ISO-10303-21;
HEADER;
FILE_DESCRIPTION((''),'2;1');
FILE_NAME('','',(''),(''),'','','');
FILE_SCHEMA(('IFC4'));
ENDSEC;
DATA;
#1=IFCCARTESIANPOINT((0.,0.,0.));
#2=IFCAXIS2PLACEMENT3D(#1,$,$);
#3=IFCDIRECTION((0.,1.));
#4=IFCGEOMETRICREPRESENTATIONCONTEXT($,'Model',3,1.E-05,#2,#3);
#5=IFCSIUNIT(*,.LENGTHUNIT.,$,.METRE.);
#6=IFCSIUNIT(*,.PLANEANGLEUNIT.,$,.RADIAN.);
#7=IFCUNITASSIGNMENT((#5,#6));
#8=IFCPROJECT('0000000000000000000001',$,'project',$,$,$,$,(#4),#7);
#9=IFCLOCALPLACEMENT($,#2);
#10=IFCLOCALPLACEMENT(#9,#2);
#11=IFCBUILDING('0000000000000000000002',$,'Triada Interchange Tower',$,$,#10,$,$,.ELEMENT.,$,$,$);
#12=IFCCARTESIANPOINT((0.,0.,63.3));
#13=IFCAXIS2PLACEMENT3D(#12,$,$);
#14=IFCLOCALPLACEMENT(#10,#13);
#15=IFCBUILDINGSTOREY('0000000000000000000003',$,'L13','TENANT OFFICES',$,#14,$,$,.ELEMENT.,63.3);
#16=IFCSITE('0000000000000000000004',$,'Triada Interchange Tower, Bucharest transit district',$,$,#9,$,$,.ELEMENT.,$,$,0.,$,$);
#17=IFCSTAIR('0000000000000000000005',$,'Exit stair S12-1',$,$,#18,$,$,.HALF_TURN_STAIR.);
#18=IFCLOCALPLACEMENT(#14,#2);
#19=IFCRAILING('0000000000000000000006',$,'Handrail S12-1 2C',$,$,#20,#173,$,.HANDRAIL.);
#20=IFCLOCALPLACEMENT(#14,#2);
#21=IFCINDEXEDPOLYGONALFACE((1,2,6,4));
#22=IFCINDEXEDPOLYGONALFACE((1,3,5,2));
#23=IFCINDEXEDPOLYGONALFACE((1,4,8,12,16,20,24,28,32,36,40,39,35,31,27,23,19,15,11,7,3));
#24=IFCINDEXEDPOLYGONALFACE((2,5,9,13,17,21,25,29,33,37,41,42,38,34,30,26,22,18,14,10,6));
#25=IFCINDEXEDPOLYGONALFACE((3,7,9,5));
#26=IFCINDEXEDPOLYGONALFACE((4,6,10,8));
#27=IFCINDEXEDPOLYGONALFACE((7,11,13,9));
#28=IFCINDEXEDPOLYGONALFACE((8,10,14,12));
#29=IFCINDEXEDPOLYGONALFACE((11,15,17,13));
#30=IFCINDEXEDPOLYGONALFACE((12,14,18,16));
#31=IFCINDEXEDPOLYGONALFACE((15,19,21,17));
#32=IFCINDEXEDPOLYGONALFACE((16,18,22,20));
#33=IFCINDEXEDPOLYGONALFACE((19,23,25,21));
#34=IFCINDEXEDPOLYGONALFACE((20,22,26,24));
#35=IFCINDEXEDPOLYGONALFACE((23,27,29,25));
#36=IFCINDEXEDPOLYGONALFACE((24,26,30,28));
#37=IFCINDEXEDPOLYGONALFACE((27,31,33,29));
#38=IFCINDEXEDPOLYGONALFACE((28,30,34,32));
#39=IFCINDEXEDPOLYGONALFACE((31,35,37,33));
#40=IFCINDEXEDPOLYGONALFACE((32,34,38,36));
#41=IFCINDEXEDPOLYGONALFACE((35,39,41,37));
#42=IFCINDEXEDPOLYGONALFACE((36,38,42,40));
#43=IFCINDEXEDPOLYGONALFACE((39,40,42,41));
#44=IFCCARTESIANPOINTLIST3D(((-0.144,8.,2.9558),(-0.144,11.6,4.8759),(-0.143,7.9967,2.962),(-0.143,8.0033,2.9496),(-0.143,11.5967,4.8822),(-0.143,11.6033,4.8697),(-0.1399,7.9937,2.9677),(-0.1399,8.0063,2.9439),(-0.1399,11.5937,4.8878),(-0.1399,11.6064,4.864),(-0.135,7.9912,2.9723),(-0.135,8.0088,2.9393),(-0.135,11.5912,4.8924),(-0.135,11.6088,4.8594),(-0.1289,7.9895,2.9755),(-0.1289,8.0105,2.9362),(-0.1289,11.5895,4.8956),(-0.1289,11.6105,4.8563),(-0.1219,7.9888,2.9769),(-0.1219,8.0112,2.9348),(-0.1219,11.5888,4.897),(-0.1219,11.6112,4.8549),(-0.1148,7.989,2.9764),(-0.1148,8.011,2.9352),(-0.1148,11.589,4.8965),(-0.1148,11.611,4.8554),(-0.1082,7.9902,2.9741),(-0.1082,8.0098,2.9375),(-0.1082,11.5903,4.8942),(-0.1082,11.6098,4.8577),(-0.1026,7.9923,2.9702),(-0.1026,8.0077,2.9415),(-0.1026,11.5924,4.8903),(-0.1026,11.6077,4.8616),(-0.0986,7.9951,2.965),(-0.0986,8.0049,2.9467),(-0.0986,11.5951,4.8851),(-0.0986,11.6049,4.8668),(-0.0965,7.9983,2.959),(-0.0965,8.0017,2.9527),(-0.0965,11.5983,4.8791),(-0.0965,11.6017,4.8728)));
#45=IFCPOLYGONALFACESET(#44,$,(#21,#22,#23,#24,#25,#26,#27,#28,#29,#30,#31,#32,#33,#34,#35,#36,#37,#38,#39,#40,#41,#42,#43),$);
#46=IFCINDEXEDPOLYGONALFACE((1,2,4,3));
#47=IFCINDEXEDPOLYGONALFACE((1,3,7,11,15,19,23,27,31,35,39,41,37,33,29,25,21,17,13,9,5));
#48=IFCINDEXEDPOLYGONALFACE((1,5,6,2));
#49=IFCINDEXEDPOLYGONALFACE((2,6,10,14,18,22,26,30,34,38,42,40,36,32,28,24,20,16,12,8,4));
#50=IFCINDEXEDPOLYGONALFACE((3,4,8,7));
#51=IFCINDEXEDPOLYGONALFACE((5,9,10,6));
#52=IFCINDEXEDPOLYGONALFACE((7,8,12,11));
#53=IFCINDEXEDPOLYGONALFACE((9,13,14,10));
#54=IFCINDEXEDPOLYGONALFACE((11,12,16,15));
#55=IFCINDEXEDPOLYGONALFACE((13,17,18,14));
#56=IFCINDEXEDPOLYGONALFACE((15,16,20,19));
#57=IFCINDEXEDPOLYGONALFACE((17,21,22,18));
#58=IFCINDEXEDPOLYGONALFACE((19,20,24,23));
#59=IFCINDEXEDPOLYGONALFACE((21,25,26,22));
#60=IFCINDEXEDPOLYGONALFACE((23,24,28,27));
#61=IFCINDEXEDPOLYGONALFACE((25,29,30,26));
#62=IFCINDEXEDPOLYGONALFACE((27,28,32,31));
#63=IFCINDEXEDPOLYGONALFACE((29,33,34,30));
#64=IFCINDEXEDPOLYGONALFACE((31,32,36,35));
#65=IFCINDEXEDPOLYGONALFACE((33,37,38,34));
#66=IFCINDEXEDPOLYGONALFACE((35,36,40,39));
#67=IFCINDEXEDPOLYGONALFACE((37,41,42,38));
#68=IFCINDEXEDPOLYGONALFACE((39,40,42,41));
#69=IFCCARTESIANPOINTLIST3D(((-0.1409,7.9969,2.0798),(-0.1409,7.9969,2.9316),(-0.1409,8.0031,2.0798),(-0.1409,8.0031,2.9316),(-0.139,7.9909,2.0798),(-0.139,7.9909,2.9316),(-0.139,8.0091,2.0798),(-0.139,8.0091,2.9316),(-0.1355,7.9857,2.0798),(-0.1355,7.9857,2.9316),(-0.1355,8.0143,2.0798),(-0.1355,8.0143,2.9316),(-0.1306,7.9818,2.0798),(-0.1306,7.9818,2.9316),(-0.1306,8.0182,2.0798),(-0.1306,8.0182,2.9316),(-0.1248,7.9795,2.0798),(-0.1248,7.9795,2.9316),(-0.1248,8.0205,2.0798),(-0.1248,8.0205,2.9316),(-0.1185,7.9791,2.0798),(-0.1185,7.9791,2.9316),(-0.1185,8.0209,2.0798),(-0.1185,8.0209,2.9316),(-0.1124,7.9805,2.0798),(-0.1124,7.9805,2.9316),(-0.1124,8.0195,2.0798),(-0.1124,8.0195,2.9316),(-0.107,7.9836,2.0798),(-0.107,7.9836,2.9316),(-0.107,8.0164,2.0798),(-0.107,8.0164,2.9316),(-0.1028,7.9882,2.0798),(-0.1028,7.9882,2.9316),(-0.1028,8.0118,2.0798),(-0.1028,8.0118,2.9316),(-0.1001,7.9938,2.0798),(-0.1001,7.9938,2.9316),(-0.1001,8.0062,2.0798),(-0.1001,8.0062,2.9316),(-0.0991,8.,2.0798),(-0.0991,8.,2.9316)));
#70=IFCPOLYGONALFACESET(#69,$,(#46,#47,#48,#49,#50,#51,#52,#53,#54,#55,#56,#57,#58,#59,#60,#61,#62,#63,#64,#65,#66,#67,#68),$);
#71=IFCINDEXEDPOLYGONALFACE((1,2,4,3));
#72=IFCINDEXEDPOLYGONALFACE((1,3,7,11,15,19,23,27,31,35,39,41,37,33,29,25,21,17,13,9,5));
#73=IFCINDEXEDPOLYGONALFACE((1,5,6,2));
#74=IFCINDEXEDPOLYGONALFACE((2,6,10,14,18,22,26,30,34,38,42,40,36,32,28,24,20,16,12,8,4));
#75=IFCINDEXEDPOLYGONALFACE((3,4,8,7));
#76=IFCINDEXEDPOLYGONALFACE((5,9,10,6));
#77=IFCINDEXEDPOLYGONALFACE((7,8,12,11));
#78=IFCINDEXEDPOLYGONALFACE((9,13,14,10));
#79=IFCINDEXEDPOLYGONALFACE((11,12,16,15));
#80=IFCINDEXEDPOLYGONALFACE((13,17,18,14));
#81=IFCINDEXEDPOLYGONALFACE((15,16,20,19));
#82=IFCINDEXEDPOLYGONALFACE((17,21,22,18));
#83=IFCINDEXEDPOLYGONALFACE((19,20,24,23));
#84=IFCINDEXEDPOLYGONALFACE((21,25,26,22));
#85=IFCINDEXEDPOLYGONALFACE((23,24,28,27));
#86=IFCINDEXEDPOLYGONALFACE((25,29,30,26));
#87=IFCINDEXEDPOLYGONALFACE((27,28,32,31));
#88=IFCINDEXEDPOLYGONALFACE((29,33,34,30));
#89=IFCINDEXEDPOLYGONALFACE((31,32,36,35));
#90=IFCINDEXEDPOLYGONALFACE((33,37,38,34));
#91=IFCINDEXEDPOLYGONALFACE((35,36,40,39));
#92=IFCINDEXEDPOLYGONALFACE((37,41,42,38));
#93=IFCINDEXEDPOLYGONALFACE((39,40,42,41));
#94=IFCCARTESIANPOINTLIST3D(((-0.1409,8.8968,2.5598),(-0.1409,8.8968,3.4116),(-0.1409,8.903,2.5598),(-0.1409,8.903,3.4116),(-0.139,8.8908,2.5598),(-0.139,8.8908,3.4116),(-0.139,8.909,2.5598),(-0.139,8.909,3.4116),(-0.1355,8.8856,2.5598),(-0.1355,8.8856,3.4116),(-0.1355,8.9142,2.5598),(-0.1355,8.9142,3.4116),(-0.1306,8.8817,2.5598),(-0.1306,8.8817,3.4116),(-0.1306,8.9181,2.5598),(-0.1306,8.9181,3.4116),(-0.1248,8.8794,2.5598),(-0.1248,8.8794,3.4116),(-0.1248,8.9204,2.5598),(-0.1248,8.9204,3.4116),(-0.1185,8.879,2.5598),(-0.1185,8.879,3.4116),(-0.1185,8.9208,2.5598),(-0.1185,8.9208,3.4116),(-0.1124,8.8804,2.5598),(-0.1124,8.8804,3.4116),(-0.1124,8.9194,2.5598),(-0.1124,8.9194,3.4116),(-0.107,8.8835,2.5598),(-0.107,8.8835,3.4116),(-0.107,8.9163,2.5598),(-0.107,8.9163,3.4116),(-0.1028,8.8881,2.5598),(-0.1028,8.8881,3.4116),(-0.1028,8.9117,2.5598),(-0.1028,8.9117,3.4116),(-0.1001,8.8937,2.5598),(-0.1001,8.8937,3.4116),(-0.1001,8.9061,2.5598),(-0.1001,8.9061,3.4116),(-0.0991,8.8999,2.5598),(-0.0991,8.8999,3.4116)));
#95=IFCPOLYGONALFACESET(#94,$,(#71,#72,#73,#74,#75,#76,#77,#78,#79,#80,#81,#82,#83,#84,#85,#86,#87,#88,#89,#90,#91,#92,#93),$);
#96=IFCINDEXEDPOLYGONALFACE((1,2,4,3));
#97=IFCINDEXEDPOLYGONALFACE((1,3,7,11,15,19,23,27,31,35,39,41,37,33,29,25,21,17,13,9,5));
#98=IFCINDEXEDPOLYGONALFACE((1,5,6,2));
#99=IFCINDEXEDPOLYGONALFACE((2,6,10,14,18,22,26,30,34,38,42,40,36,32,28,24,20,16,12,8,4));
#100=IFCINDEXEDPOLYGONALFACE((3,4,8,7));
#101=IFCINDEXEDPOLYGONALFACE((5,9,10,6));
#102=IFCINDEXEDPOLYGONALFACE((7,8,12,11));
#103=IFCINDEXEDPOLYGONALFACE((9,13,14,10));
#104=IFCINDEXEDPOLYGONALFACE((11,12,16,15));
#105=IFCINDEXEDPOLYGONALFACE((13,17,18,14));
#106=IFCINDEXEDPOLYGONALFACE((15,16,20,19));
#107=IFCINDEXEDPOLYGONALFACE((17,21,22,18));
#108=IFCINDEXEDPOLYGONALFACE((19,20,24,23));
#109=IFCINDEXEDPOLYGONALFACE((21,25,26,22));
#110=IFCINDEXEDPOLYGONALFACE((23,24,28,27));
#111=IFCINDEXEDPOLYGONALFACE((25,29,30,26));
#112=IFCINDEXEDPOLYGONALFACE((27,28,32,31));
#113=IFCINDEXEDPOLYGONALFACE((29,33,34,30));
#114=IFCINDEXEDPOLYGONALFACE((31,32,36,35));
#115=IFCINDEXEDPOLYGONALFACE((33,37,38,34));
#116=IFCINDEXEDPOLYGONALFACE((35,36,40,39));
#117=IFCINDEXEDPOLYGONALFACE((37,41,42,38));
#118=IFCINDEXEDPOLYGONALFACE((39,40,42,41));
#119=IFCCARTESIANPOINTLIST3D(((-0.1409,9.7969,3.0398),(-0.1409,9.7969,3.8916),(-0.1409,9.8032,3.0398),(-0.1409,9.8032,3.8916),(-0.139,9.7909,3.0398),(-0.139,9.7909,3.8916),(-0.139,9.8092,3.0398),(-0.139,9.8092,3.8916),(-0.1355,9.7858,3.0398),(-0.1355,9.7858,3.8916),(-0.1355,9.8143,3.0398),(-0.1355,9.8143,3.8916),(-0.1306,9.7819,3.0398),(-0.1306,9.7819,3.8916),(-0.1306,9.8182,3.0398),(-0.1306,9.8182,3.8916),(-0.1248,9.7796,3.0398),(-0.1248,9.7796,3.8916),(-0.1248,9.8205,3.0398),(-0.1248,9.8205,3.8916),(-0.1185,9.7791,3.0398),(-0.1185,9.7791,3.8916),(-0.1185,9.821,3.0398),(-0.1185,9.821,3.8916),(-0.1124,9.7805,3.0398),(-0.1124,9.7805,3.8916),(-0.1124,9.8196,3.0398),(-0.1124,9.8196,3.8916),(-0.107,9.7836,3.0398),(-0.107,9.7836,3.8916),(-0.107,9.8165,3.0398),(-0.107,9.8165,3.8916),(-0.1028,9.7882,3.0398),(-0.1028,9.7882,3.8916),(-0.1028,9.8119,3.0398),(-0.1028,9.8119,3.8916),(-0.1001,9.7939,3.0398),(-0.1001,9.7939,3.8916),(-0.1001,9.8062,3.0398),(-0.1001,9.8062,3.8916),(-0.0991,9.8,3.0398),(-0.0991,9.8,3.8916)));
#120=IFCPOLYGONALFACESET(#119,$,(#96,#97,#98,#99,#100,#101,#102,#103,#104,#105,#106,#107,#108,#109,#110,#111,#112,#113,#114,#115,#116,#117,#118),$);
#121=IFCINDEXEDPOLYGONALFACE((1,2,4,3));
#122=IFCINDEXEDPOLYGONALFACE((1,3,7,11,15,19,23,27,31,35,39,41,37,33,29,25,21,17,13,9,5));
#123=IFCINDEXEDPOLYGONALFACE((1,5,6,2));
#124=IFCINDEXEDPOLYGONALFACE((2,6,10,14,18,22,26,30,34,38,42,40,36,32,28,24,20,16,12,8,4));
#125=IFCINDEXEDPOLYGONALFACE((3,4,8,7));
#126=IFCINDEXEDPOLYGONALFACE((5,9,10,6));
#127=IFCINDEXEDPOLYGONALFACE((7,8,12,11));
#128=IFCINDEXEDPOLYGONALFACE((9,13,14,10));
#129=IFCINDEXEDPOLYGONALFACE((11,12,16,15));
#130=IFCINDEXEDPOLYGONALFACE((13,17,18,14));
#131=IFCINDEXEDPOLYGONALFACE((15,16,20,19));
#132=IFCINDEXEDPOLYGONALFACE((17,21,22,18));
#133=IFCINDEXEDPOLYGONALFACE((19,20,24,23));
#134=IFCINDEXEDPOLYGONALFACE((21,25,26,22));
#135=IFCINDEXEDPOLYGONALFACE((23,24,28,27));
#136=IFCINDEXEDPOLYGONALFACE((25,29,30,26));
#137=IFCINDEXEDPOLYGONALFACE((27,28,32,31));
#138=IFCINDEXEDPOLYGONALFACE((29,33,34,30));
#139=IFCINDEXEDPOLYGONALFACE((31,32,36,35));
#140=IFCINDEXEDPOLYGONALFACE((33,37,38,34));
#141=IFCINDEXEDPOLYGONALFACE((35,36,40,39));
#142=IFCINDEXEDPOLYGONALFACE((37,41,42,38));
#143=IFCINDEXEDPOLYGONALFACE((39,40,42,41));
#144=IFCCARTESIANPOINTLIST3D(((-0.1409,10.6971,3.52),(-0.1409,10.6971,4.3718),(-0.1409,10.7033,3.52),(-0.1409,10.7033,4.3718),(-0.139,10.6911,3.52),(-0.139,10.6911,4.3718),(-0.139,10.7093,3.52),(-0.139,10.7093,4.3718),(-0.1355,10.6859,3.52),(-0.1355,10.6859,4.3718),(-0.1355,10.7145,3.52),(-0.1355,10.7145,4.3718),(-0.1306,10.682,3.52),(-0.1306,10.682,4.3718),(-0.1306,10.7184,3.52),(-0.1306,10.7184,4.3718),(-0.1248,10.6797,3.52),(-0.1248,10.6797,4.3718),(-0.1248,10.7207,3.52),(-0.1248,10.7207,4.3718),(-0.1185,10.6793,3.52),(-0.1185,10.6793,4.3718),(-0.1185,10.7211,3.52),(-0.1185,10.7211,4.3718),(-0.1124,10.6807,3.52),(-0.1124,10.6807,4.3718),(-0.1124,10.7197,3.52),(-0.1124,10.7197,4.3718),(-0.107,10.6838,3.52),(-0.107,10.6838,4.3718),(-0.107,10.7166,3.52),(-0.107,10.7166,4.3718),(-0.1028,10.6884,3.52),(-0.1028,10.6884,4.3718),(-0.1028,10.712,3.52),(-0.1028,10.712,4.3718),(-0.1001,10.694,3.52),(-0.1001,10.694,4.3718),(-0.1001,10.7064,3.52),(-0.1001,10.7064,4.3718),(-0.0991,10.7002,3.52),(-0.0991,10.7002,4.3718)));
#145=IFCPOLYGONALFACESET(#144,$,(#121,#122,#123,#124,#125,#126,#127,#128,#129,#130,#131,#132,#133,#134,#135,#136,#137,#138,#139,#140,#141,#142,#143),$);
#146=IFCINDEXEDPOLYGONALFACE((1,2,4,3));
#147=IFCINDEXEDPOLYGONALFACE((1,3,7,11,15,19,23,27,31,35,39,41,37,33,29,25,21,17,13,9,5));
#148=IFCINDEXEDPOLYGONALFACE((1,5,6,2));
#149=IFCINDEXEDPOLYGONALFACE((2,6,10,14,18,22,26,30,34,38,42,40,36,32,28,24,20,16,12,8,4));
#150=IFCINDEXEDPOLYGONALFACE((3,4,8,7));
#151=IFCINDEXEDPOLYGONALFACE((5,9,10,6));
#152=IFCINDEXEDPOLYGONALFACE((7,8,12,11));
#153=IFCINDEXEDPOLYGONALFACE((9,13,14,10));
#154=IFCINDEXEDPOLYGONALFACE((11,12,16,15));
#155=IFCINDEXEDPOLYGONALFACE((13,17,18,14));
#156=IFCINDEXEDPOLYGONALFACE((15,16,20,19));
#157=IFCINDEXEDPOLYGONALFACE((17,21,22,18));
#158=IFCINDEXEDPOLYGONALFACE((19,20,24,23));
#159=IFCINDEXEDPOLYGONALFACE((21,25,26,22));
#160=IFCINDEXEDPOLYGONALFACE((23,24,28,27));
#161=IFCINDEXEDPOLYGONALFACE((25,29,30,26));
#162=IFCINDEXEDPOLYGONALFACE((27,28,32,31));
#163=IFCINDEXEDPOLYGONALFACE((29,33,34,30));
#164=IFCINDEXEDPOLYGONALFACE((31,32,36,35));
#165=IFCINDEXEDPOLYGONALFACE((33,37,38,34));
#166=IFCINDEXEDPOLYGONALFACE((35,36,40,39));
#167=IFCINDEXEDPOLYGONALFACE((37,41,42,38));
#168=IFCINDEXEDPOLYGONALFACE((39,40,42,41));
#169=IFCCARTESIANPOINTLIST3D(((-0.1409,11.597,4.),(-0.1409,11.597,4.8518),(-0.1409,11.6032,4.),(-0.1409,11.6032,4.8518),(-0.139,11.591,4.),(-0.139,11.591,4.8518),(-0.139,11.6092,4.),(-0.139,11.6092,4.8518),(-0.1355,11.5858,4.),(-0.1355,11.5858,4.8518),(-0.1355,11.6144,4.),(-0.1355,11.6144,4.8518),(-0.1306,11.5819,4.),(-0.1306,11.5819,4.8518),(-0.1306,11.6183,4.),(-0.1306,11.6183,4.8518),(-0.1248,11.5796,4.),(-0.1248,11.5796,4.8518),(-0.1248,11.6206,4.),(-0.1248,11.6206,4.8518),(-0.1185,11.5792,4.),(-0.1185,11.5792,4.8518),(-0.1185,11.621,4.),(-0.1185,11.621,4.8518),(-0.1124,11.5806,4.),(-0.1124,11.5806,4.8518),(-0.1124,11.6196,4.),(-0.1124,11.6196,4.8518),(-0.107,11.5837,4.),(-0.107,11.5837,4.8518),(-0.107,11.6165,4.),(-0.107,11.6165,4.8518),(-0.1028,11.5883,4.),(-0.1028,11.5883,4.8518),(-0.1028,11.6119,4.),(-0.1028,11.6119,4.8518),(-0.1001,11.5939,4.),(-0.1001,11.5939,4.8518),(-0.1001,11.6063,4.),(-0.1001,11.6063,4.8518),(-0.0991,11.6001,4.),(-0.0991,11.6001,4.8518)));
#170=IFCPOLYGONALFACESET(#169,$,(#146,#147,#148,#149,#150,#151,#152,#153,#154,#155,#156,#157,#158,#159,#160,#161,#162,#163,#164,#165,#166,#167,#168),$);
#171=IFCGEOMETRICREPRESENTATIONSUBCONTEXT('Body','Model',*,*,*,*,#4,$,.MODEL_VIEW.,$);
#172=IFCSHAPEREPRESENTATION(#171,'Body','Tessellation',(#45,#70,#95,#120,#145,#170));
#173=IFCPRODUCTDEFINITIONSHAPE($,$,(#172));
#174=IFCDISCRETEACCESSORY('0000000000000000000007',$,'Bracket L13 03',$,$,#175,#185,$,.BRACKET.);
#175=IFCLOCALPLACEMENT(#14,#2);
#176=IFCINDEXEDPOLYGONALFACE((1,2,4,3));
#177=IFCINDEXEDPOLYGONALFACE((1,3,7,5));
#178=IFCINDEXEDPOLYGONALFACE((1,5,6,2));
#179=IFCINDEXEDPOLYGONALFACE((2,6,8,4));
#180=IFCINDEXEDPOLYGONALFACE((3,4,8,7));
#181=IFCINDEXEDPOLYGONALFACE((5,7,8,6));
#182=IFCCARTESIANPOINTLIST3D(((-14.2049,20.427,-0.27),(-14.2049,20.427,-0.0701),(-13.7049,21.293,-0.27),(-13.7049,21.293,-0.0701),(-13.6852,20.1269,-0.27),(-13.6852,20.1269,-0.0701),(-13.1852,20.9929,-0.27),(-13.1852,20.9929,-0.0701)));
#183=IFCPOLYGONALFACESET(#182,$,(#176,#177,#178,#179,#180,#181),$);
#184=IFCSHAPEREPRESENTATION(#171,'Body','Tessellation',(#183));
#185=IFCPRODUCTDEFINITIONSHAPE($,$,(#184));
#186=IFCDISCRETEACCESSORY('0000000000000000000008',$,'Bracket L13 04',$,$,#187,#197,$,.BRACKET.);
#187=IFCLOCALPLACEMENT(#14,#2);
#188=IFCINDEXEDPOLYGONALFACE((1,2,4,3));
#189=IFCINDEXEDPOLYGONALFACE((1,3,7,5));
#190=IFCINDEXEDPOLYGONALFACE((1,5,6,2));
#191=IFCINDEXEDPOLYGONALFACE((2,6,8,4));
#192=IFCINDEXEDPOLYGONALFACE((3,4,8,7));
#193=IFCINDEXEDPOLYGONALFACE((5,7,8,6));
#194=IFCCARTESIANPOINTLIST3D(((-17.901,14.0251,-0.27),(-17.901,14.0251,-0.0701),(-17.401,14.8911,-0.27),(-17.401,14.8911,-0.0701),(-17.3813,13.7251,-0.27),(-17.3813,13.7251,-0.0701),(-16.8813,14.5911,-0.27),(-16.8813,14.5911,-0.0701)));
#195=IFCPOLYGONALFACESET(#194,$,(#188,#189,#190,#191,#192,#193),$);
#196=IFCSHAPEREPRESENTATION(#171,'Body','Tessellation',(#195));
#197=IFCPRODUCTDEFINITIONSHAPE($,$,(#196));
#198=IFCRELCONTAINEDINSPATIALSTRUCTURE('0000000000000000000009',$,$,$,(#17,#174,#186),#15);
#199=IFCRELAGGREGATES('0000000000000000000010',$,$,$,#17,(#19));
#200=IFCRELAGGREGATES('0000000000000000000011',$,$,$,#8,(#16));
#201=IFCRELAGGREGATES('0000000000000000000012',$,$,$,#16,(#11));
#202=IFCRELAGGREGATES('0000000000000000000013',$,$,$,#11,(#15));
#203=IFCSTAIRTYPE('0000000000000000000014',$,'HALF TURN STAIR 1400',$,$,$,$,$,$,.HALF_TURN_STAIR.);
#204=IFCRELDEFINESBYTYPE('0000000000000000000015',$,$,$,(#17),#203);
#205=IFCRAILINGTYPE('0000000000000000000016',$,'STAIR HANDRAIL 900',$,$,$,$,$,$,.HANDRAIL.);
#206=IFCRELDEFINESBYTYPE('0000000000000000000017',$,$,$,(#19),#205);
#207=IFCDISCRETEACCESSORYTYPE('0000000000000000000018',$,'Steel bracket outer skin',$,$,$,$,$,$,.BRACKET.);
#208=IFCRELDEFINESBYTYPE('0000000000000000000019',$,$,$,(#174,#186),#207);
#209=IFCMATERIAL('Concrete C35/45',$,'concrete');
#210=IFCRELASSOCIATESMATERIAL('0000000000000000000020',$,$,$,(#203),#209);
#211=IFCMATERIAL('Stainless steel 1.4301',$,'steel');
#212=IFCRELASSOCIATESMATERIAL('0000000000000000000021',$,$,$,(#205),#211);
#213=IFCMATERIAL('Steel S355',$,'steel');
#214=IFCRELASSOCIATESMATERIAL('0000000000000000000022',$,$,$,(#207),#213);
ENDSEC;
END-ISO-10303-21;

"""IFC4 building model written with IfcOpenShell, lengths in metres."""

from ifc_helpers import new_model, si_unit, direction, frame, origin, origin_2d, place, context, subcontext, project, spatial, rectangle, circle, extrude, material, type_object, element, aggregate, save


model = new_model("IFC4")

# Units and contexts
model_context = context("Model", 3, precision=1e-05, world=origin(), true_north=direction((0.0, 1.0)))
body_context = subcontext(model_context, "Body", "Model", "MODEL_VIEW")
ifc_project = project(units=[si_unit("LENGTHUNIT", "METRE"), si_unit("PLANEANGLEUNIT", "RADIAN")], contexts=[model_context])

# Site, building, storey
site_placement = place(None, origin())
site = spatial("IfcSite", under=ifc_project, at=site_placement, Name="Triada Interchange Tower, Bucharest transit district", CompositionType="ELEMENT", RefElevation=0.0)
building_placement = place(site_placement, origin())
building = spatial("IfcBuilding", under=site, at=building_placement, Name="Triada Interchange Tower", CompositionType="ELEMENT")
storey_placement = place(building_placement, frame((0.0, 0.0, 63.3)))
storey = spatial("IfcBuildingStorey", under=building, at=storey_placement, Name="L13", Description="TENANT OFFICES", CompositionType="ELEMENT", Elevation=63.3)

# Stair, railing
ifc_material_1 = material(Name="Concrete C35/45", Category="concrete")
stair_type = type_object("IfcStairType", Name="HALF TURN STAIR 1400", PredefinedType="HALF_TURN_STAIR", material=ifc_material_1)
stair_placement = place(storey_placement, origin())
stair = element("IfcStair", 1, at=stair_placement, inside=storey, type_object=stair_type, Name="Exit stair S12-1", PredefinedType="HALF_TURN_STAIR")
ifc_material_2 = material(Name="Stainless steel 1.4301", Category="steel")
railing_type = type_object("IfcRailingType", Name="STAIR HANDRAIL 900", PredefinedType="HANDRAIL", material=ifc_material_2)
railing_placement = place(storey_placement, frame((-0.1201, 8.0, 2.0798)))
railing = element("IfcRailing", 2, at=railing_placement, type_object=railing_type, Name="Handrail S12-1 2C", PredefinedType="HANDRAIL", context=body_context, shape_type="SweptSolid", body=[
    extrude(circle(Radius=0.0239, at=origin_2d()), frame((0.0, 0.0, 0.876), z_axis=(0.0, 0.882341, 0.47061), x_axis=(-1.0, 0.0, 0.0)), (0.0, 0.0, 1.0), 4.0801),
    extrude(circle(Radius=0.021, at=origin_2d()), origin(), (0.0, 0.0, 1.0), 0.8518),
    extrude(circle(Radius=0.021, at=origin_2d()), frame((0.0, 0.8999, 0.48)), (0.0, 0.0, 1.0), 0.8518),
    extrude(circle(Radius=0.021, at=origin_2d()), frame((0.0, 1.8, 0.96)), (0.0, 0.0, 1.0), 0.8518),
    extrude(circle(Radius=0.021, at=origin_2d()), frame((0.0, 2.7002, 1.4402)), (0.0, 0.0, 1.0), 0.8518),
    extrude(circle(Radius=0.021, at=origin_2d()), frame((0.0, 3.6001, 1.9202)), (0.0, 0.0, 1.0), 0.8518),
])
aggregate(stair, [railing])

# Discrete accessories
ifc_material_3 = material(Name="Steel S355", Category="steel")
discrete_accessory_type = type_object("IfcDiscreteAccessoryType", Name="Steel bracket outer skin", PredefinedType="BRACKET", material=ifc_material_3)
for number, where, z_axis, x_axis, name in (
    (3, (-13.6951, 20.71, -0.27), (0.0, 0.0, 1.0), (-0.866022, 0.500006, 0.0), "Bracket L13 03"),
    (4, (-17.3911, 14.3081, -0.27), (0.0, 0.0, 1.0), (-0.866022, 0.500006, 0.0), "Bracket L13 04"),
):
    element("IfcDiscreteAccessory", number, at=place(storey_placement, frame(where, z_axis=z_axis, x_axis=x_axis)), inside=storey, type_object=discrete_accessory_type, Name=name, PredefinedType="BRACKET", context=body_context, shape_type="SweptSolid", body=[
        extrude(rectangle(XDim=0.6001, YDim=1.0, at=origin_2d()), origin(), (0.0, 0.0, 1.0), 0.2),
    ])

save(model, "model.ifc")
